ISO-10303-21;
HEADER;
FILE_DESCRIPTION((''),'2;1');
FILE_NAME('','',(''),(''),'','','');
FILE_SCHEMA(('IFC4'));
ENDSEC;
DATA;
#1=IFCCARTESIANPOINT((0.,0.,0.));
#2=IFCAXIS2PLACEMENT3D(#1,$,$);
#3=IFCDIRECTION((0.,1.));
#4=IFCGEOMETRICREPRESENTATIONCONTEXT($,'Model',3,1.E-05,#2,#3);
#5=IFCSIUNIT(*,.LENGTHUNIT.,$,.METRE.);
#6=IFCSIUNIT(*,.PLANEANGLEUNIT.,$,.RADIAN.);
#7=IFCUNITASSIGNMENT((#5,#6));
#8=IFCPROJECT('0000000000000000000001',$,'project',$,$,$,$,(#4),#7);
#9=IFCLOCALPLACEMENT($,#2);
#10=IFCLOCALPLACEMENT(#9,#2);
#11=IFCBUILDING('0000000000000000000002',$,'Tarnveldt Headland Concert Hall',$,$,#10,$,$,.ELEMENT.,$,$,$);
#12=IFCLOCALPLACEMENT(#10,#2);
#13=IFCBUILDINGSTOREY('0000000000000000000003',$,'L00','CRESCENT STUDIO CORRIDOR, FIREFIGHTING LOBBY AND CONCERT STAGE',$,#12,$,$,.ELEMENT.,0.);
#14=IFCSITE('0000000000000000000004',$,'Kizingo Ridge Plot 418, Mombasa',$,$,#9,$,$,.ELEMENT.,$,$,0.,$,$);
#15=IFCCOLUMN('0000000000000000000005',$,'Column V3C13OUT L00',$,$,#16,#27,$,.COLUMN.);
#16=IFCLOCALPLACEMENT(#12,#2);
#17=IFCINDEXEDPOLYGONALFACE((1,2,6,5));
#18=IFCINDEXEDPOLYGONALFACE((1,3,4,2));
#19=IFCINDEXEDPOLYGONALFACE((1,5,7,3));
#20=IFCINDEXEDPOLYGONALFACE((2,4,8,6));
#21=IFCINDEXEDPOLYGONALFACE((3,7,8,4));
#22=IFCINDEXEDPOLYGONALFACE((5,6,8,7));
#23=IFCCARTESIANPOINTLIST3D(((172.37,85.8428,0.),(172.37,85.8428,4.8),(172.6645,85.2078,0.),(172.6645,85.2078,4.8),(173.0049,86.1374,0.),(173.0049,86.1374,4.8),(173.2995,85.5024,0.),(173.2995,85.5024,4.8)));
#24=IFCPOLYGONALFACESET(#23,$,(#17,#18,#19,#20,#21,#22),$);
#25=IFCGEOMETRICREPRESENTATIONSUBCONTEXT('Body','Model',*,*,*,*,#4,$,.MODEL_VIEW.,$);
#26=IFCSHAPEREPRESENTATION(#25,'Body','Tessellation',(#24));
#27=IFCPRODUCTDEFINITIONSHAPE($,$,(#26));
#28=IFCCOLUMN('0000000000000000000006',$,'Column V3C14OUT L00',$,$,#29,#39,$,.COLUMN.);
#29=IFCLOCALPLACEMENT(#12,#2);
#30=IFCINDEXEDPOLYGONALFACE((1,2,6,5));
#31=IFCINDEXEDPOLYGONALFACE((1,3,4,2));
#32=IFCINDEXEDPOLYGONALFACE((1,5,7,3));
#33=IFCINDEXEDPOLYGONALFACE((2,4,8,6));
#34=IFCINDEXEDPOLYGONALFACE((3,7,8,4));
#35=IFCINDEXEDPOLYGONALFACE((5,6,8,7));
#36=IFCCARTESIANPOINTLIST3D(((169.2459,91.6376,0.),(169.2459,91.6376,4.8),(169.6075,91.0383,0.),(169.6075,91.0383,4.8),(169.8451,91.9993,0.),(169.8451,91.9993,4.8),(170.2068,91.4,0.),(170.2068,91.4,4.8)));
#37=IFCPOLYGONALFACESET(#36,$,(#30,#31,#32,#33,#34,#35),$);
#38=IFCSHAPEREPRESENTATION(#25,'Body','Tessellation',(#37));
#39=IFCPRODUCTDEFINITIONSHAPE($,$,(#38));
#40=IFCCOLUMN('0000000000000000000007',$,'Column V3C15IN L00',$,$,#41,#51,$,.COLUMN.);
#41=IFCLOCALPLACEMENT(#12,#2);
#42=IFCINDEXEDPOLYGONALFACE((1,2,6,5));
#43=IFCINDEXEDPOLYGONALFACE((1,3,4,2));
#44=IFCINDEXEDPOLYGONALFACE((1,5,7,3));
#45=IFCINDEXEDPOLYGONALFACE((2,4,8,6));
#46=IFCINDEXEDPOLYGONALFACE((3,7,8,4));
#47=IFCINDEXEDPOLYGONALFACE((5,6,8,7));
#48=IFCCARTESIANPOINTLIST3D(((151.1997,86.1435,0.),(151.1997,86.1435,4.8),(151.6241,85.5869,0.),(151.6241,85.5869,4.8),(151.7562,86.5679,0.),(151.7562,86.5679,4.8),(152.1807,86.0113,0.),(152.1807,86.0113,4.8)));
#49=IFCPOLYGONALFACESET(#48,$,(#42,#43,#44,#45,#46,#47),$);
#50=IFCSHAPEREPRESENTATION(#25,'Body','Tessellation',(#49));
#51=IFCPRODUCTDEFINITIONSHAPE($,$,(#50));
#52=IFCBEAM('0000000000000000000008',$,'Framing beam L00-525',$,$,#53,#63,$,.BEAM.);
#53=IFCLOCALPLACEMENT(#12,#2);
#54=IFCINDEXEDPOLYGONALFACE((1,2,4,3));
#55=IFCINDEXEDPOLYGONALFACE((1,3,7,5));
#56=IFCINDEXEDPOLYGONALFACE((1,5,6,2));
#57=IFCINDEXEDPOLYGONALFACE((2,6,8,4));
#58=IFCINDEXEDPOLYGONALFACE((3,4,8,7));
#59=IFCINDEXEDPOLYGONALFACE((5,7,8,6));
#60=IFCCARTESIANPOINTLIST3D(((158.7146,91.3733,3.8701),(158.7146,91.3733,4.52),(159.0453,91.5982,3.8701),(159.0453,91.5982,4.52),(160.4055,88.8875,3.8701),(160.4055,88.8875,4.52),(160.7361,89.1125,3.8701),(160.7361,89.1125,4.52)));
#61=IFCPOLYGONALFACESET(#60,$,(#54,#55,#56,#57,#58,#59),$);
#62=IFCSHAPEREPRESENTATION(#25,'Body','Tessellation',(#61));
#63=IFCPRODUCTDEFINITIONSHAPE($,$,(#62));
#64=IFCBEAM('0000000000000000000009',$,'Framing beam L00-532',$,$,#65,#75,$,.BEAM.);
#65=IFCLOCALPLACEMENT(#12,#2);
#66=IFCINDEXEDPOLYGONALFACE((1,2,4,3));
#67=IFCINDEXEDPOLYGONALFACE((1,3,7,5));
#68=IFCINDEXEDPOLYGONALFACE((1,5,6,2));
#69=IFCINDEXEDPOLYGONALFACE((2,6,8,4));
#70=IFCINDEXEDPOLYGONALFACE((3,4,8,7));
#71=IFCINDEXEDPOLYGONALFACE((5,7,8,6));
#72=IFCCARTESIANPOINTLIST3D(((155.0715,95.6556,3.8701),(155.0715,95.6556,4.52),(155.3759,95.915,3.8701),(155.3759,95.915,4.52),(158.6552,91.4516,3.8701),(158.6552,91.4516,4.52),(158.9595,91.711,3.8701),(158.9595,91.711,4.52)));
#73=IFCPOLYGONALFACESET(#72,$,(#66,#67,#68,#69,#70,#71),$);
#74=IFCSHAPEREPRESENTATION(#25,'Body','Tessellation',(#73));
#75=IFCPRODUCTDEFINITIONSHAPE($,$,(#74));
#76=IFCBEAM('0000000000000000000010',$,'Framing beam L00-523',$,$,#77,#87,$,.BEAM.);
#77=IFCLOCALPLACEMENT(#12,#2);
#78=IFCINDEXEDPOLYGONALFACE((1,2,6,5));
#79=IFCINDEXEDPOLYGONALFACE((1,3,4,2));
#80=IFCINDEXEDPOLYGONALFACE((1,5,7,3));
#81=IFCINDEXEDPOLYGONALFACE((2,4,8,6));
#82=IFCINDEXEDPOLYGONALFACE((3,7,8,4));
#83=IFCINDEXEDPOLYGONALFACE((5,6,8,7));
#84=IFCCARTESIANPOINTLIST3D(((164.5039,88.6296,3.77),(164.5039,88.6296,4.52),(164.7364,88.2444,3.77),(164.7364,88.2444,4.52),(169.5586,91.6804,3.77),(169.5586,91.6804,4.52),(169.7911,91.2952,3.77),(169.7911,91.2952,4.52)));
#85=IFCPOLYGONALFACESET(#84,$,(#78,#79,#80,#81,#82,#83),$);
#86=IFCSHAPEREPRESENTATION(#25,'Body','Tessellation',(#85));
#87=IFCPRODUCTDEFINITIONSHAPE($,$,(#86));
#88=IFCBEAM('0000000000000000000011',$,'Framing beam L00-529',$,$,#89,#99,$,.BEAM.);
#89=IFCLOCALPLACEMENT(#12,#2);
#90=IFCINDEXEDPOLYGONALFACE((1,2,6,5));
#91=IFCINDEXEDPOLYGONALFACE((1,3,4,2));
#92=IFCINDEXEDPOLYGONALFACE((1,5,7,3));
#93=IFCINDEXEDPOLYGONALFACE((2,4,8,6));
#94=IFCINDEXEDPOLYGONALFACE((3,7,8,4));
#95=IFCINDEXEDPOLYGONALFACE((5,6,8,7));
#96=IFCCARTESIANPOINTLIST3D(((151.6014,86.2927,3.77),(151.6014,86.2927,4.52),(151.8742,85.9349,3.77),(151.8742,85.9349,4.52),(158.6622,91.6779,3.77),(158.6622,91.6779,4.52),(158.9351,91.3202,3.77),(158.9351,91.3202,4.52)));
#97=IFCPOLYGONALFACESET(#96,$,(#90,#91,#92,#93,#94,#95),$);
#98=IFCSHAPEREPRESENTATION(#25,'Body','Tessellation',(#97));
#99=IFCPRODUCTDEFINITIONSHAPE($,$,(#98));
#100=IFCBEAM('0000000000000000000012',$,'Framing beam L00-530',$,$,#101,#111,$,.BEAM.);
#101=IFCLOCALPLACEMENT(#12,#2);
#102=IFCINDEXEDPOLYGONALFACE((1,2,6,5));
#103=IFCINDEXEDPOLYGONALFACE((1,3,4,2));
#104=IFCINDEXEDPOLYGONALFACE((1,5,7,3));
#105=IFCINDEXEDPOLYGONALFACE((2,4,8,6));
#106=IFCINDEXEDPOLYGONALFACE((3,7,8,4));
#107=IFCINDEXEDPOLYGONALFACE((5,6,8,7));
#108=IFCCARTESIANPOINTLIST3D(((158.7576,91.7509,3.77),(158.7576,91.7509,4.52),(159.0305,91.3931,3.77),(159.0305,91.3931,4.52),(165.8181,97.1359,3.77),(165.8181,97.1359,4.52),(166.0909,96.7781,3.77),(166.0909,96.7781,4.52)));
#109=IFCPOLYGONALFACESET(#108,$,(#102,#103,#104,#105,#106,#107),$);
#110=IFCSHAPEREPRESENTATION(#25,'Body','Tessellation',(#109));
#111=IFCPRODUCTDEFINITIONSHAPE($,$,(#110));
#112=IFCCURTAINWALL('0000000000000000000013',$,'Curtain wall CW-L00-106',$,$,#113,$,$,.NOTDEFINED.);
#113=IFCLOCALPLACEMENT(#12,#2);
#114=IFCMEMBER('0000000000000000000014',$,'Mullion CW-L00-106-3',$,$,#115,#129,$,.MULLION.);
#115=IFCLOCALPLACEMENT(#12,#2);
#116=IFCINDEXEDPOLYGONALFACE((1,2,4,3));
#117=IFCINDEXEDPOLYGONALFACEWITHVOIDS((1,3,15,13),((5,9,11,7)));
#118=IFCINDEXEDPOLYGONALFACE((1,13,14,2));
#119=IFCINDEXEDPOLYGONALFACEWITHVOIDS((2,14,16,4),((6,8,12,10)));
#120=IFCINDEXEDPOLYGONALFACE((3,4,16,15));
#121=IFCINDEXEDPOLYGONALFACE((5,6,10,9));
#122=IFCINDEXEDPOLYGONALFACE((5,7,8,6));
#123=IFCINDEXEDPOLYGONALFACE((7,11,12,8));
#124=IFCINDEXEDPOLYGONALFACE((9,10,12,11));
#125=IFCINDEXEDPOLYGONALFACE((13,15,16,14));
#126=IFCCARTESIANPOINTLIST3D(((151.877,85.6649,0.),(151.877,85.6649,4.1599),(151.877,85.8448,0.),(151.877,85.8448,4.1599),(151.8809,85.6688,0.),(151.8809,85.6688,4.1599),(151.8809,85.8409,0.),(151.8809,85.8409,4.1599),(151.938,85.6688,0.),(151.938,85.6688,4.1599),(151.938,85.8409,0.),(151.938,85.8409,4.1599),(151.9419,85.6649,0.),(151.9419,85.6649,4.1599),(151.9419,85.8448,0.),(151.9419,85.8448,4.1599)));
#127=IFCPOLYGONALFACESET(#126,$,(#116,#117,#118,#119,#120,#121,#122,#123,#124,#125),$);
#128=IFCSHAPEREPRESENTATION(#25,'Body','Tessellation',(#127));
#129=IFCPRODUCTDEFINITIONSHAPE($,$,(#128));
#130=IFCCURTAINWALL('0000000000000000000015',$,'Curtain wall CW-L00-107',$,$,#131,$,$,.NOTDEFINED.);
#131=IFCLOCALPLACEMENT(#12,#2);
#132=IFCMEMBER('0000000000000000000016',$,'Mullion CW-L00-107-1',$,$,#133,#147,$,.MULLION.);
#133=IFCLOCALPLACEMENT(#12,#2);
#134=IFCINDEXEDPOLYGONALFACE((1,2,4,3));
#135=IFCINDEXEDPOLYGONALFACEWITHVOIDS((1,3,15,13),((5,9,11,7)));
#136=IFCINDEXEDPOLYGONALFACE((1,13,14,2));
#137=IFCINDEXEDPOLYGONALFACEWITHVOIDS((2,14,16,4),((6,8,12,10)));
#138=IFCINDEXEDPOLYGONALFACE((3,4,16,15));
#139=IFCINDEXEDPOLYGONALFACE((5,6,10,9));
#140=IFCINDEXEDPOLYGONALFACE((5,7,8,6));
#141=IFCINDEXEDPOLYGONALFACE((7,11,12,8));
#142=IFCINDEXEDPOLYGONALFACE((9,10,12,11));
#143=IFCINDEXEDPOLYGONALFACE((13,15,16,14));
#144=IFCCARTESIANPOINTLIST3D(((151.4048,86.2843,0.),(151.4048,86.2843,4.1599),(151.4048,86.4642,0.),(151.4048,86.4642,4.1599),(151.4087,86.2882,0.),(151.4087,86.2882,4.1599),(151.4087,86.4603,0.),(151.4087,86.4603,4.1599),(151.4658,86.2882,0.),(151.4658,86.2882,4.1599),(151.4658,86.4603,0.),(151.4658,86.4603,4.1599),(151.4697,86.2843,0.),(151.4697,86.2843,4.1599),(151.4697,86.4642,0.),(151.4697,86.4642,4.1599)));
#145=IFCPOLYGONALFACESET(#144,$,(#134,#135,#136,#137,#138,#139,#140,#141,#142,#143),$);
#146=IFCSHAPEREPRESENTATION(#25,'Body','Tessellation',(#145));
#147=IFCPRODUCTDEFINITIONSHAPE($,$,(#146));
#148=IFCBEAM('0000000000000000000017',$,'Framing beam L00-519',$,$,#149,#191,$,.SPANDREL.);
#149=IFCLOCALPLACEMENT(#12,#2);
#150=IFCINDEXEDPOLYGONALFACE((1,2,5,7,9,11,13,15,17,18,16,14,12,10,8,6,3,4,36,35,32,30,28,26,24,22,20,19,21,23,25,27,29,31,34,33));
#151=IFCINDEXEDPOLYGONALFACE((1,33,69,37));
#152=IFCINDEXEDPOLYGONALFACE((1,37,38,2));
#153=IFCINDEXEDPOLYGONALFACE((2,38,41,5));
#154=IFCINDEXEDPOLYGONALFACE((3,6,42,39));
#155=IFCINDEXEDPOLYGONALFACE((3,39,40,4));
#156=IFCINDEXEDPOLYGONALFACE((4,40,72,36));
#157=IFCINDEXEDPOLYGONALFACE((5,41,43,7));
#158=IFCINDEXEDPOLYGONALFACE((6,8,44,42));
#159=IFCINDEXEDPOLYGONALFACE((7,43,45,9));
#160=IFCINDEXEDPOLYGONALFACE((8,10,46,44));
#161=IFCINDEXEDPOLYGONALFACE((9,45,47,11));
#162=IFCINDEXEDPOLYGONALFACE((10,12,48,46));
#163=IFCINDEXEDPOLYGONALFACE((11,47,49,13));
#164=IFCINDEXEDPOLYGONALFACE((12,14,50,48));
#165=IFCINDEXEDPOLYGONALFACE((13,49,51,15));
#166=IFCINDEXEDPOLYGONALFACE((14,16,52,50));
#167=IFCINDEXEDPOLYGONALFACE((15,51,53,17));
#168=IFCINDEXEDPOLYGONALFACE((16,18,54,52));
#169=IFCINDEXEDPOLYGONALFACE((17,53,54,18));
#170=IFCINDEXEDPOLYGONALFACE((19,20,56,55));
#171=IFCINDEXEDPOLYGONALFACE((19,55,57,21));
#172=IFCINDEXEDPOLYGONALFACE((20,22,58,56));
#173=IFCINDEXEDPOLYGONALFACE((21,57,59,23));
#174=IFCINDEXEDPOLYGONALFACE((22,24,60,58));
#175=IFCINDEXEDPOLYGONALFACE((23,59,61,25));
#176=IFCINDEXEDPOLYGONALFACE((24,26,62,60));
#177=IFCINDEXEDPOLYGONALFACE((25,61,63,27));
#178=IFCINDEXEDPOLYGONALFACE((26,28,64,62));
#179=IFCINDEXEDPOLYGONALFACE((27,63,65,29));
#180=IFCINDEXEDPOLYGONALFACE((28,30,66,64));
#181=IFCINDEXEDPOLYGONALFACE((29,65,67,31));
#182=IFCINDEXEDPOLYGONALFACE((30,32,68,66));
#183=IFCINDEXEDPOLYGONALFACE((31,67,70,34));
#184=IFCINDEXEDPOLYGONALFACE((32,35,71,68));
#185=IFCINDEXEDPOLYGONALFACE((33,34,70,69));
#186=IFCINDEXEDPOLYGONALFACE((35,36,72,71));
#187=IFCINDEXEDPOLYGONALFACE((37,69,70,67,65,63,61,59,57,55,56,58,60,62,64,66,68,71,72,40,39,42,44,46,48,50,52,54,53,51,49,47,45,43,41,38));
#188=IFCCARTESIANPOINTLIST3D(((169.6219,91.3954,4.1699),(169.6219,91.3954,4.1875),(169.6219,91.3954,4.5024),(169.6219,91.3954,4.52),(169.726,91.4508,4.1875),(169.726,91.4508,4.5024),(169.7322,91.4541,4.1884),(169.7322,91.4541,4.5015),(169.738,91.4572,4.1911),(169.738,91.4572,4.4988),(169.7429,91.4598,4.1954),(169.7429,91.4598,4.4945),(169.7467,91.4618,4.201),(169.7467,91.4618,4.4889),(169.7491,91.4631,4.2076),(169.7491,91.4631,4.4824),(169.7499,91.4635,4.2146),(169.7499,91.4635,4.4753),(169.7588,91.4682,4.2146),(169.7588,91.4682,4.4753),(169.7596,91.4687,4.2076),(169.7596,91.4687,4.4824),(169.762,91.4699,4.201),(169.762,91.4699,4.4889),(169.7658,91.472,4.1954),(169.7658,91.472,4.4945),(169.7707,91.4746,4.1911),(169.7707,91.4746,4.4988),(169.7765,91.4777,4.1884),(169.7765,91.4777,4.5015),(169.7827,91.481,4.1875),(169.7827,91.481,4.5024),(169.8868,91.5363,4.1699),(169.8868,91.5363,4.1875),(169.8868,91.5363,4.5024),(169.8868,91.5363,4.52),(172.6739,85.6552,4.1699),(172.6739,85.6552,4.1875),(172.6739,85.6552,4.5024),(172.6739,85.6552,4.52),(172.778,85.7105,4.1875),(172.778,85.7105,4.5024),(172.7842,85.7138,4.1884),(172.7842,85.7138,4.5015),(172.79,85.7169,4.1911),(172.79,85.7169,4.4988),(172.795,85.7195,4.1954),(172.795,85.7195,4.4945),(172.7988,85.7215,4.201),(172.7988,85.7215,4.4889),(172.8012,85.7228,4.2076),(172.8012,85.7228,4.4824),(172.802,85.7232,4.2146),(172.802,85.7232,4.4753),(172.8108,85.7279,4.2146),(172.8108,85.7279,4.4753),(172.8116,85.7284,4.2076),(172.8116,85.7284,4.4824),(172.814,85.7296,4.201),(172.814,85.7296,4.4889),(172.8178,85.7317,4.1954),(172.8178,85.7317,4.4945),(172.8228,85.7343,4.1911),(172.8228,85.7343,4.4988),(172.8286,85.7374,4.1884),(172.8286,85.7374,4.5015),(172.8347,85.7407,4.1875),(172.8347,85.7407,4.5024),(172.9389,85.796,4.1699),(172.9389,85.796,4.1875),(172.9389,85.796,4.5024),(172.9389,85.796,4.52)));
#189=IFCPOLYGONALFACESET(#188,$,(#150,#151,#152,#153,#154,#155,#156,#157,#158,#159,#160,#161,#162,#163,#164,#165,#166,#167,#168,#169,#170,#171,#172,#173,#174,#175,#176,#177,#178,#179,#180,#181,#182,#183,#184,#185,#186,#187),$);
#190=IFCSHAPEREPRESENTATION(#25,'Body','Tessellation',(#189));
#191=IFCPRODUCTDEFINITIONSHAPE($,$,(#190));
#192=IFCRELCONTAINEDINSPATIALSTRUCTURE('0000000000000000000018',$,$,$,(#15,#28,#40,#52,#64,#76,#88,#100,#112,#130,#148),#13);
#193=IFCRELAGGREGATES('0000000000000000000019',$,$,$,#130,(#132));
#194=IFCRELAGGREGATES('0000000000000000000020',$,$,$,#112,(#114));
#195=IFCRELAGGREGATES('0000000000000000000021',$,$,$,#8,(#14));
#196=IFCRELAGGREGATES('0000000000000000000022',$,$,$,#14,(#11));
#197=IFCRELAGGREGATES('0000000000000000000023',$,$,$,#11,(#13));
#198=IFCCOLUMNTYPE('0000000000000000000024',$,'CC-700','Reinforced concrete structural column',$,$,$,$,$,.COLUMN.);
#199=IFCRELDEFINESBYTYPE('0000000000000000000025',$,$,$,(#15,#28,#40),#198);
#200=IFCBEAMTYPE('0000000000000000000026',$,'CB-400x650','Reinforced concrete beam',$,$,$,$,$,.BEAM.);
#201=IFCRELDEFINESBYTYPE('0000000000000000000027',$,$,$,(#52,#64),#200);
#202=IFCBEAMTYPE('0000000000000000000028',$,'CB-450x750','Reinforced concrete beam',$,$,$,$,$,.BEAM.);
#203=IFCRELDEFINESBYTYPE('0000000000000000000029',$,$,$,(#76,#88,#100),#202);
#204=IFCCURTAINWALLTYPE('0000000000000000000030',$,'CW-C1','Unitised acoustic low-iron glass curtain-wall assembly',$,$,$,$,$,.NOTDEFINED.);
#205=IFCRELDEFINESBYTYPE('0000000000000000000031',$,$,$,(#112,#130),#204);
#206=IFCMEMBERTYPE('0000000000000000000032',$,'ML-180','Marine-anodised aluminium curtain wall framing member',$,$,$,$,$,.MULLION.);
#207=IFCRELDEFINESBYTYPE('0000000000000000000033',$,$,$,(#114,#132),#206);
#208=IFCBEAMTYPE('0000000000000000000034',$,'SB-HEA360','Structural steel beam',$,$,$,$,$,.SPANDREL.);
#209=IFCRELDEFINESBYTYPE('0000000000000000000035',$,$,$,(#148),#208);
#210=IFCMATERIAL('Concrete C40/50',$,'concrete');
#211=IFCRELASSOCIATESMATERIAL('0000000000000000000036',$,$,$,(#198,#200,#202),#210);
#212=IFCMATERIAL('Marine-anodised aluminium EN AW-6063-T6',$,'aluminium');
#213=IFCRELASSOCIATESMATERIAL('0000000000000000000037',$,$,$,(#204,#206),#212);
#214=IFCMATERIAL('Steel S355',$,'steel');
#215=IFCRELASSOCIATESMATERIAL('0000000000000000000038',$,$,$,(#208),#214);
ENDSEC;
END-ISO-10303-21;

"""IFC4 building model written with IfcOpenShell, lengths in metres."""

from ifc_helpers import new_model, si_unit, direction, frame, origin, origin_2d, place, context, subcontext, project, spatial, rectangle, hollow_rectangle, i_section, extrude, material, material_profile, profile_set, type_object, element, aggregate, save


model = new_model("IFC4")

# Units and contexts
model_context = context("Model", 3, precision=1e-05, world=origin(), true_north=direction((0.0, 1.0)))
body_context = subcontext(model_context, "Body", "Model", "MODEL_VIEW")
ifc_project = project(units=[si_unit("LENGTHUNIT", "METRE"), si_unit("PLANEANGLEUNIT", "RADIAN")], contexts=[model_context])

# Site, building, storey
site_placement = place(None, origin())
site = spatial("IfcSite", under=ifc_project, at=site_placement, Name="Kizingo Ridge Plot 418, Mombasa", CompositionType="ELEMENT", RefElevation=0.0)
building_placement = place(site_placement, origin())
building = spatial("IfcBuilding", under=site, at=building_placement, Name="Tarnveldt Headland Concert Hall", CompositionType="ELEMENT")
storey_placement = place(building_placement, origin())
storey = spatial("IfcBuildingStorey", under=building, at=storey_placement, Name="L00", Description="CRESCENT STUDIO CORRIDOR, FIREFIGHTING LOBBY AND CONCERT STAGE", CompositionType="ELEMENT", Elevation=0.0)

# Columns
ifc_material_1 = material(Name="Concrete C40/50", Category="concrete")
ifc_material_profile_1 = material_profile(ifc_material_1, rectangle(XDim=0.7, YDim=0.7, at=origin_2d()), Name="RC 700x700", Category="concrete")
ifc_profile_set_1 = profile_set([ifc_material_profile_1], Name="Concrete C40/50")
column_type = type_object("IfcColumnType", Name="CC-700", Description="Reinforced concrete structural column", PredefinedType="COLUMN", material=ifc_profile_set_1)
for number, where, z_axis, x_axis, name in (
    (1, (172.8347, 85.6726, 0.0), (0.0, 0.0, 1.0), (0.907117, 0.420877, 0.0), "Column V3C13OUT L00"),
    (2, (169.7263, 91.5188, 0.0), (0.0, 0.0, 1.0), (0.856177, 0.516683, 0.0), "Column V3C14OUT L00"),
    (3, (151.6902, 86.0774, 0.0), (0.0, 0.0, 1.0), (0.795156, 0.606405, 0.0), "Column V3C15IN L00"),
):
    element("IfcColumn", number, at=place(storey_placement, frame(where, z_axis=z_axis, x_axis=x_axis)), inside=storey, type_object=column_type, Name=name, PredefinedType="COLUMN", context=body_context, shape_type="SweptSolid", body=[
        extrude(rectangle(XDim=0.7, YDim=0.7, at=origin_2d()), origin(), (0.0, 0.0, 1.0), 4.8),
    ])

# Beams
ifc_material_profile_2 = material_profile(ifc_material_1, rectangle(XDim=0.3999, YDim=0.6499, at=origin_2d()), Name="RC 400x650", Category="concrete")
ifc_profile_set_2 = profile_set([ifc_material_profile_2], Name="Concrete C40/50")
beam_type_1 = type_object("IfcBeamType", Name="CB-400x650", Description="Reinforced concrete beam", PredefinedType="BEAM", material=ifc_profile_set_2)
beam_1_placement = place(storey_placement, frame((160.5708, 89.0, 4.1951), z_axis=(-0.562434, 0.826842, 0.0), x_axis=(-0.826842, -0.562434, 0.0)))
element("IfcBeam", 4, at=beam_1_placement, inside=storey, type_object=beam_type_1, Name="Framing beam L00-525", PredefinedType="BEAM", context=body_context, shape_type="SweptSolid", body=[
    extrude(rectangle(XDim=0.3999, YDim=0.6499, at=origin_2d()), origin(), (0.0, 0.0, 1.0), 3.0063),
])
beam_2_placement = place(storey_placement, frame((158.8074, 91.5813, 4.1951), z_axis=(-0.648725, 0.761023, 0.0), x_axis=(-0.761023, -0.648725, 0.0)))
element("IfcBeam", 5, at=beam_2_placement, inside=storey, type_object=beam_type_1, Name="Framing beam L00-532", PredefinedType="BEAM", context=body_context, shape_type="SweptSolid", body=[
    extrude(rectangle(XDim=0.3999, YDim=0.6499, at=origin_2d()), origin(), (0.0, 0.0, 1.0), 5.5242),
])
ifc_material_profile_3 = material_profile(ifc_material_1, rectangle(XDim=0.45, YDim=0.75, at=origin_2d()), Name="RC 450x750", Category="concrete")
ifc_profile_set_3 = profile_set([ifc_material_profile_3], Name="Concrete C40/50")
beam_type_2 = type_object("IfcBeamType", Name="CB-450x750", Description="Reinforced concrete beam", PredefinedType="BEAM", material=ifc_profile_set_3)
beam_3_placement = place(storey_placement, frame((164.6201, 88.437, 4.145), z_axis=(0.856147, 0.516732, 0.0), x_axis=(-0.516732, 0.856147, 0.0)))
element("IfcBeam", 6, at=beam_3_placement, inside=storey, type_object=beam_type_2, Name="Framing beam L00-523", PredefinedType="BEAM", context=body_context, shape_type="SweptSolid", body=[
    extrude(rectangle(XDim=0.45, YDim=0.75, at=origin_2d()), origin(), (0.0, 0.0, 1.0), 5.9041),
])
beam_4_placement = place(storey_placement, frame((151.7378, 86.1138, 4.145), z_axis=(0.795127, 0.606442, 0.0), x_axis=(-0.606442, 0.795127, 0.0)))
element("IfcBeam", 7, at=beam_4_placement, inside=storey, type_object=beam_type_2, Name="Framing beam L00-529", PredefinedType="BEAM", context=body_context, shape_type="SweptSolid", body=[
    extrude(rectangle(XDim=0.45, YDim=0.75, at=origin_2d()), origin(), (0.0, 0.0, 1.0), 8.8801),
])
beam_5_placement = place(storey_placement, frame((158.894, 91.572, 4.145), z_axis=(0.795131, 0.606438, 0.0), x_axis=(-0.606438, 0.795131, 0.0)))
element("IfcBeam", 8, at=beam_5_placement, inside=storey, type_object=beam_type_2, Name="Framing beam L00-530", PredefinedType="BEAM", context=body_context, shape_type="SweptSolid", body=[
    extrude(rectangle(XDim=0.45, YDim=0.75, at=origin_2d()), origin(), (0.0, 0.0, 1.0), 8.8796),
])

# Curtain walls, members
ifc_material_2 = material(Name="Marine-anodised aluminium EN AW-6063-T6", Category="aluminium")
curtain_wall_type = type_object("IfcCurtainWallType", Name="CW-C1", Description="Unitised acoustic low-iron glass curtain-wall assembly", PredefinedType="NOTDEFINED", material=ifc_material_2)
curtain_wall_1_placement = place(storey_placement, origin())
curtain_wall_1 = element("IfcCurtainWall", 9, at=curtain_wall_1_placement, inside=storey, type_object=curtain_wall_type, Name="Curtain wall CW-L00-106", PredefinedType="NOTDEFINED")
ifc_material_profile_4 = material_profile(ifc_material_2, hollow_rectangle(XDim=0.0649, YDim=0.1799, WallThickness=0.0039, at=origin_2d()), Name="ALU MULLION 65x180x4", Category="aluminium")
ifc_profile_set_4 = profile_set([ifc_material_profile_4], Name="Marine-anodised aluminium EN AW-6063-T6")
member_type_1 = type_object("IfcMemberType", Name="ML-180", Description="Marine-anodised aluminium curtain wall framing member", PredefinedType="MULLION", material=ifc_profile_set_4)
member_1_placement = place(storey_placement, frame((151.9094, 85.7549, 0.0), z_axis=(0.0, 0.0, 1.0), x_axis=(1.0, 0.0, 0.0)))
member_1 = element("IfcMember", 10, at=member_1_placement, type_object=member_type_1, Name="Mullion CW-L00-106-3", PredefinedType="MULLION", context=body_context, shape_type="SweptSolid", body=[
    extrude(hollow_rectangle(XDim=0.0649, YDim=0.1799, WallThickness=0.0039, at=origin_2d()), origin(), (0.0, 0.0, 1.0), 4.1599),
])
curtain_wall_2_placement = place(storey_placement, origin())
curtain_wall_2 = element("IfcCurtainWall", 11, at=curtain_wall_2_placement, inside=storey, type_object=curtain_wall_type, Name="Curtain wall CW-L00-107", PredefinedType="NOTDEFINED")
member_2_placement = place(storey_placement, frame((151.4373, 86.3743, 0.0), z_axis=(0.0, 0.0, 1.0), x_axis=(1.0, 0.0, 0.0)))
member_2 = element("IfcMember", 12, at=member_2_placement, type_object=member_type_1, Name="Mullion CW-L00-107-1", PredefinedType="MULLION", context=body_context, shape_type="SweptSolid", body=[
    extrude(hollow_rectangle(XDim=0.0649, YDim=0.1799, WallThickness=0.0039, at=origin_2d()), origin(), (0.0, 0.0, 1.0), 4.1599),
])

# Beam
ifc_material_3 = material(Name="Steel S355", Category="steel")
ifc_material_profile_5 = material_profile(ifc_material_3, i_section(OverallWidth=0.3, OverallDepth=0.3501, WebThickness=0.01, FlangeThickness=0.0176, FilletRadius=0.0271, at=origin_2d()), Name="HEA360", Category="steel")
ifc_profile_set_5 = profile_set([ifc_material_profile_5], Name="Steel S355")
beam_type_3 = type_object("IfcBeamType", Name="SB-HEA360", Description="Structural steel beam", PredefinedType="SPANDREL", material=ifc_profile_set_5)
beam_6_placement = place(storey_placement, frame((172.8064, 85.7256, 4.345), z_axis=(-0.469455, 0.882956, 0.0), x_axis=(-0.882956, -0.469455, 0.0)))
element("IfcBeam", 13, at=beam_6_placement, inside=storey, type_object=beam_type_3, Name="Framing beam L00-519", PredefinedType="SPANDREL", context=body_context, shape_type="SweptSolid", body=[
    extrude(i_section(OverallWidth=0.3, OverallDepth=0.3501, WebThickness=0.01, FlangeThickness=0.0176, FilletRadius=0.0271, at=origin_2d()), origin(), (0.0, 0.0, 1.0), 6.5012),
])

aggregate(curtain_wall_2, [member_2])

aggregate(curtain_wall_1, [member_1])

save(model, "model.ifc")
